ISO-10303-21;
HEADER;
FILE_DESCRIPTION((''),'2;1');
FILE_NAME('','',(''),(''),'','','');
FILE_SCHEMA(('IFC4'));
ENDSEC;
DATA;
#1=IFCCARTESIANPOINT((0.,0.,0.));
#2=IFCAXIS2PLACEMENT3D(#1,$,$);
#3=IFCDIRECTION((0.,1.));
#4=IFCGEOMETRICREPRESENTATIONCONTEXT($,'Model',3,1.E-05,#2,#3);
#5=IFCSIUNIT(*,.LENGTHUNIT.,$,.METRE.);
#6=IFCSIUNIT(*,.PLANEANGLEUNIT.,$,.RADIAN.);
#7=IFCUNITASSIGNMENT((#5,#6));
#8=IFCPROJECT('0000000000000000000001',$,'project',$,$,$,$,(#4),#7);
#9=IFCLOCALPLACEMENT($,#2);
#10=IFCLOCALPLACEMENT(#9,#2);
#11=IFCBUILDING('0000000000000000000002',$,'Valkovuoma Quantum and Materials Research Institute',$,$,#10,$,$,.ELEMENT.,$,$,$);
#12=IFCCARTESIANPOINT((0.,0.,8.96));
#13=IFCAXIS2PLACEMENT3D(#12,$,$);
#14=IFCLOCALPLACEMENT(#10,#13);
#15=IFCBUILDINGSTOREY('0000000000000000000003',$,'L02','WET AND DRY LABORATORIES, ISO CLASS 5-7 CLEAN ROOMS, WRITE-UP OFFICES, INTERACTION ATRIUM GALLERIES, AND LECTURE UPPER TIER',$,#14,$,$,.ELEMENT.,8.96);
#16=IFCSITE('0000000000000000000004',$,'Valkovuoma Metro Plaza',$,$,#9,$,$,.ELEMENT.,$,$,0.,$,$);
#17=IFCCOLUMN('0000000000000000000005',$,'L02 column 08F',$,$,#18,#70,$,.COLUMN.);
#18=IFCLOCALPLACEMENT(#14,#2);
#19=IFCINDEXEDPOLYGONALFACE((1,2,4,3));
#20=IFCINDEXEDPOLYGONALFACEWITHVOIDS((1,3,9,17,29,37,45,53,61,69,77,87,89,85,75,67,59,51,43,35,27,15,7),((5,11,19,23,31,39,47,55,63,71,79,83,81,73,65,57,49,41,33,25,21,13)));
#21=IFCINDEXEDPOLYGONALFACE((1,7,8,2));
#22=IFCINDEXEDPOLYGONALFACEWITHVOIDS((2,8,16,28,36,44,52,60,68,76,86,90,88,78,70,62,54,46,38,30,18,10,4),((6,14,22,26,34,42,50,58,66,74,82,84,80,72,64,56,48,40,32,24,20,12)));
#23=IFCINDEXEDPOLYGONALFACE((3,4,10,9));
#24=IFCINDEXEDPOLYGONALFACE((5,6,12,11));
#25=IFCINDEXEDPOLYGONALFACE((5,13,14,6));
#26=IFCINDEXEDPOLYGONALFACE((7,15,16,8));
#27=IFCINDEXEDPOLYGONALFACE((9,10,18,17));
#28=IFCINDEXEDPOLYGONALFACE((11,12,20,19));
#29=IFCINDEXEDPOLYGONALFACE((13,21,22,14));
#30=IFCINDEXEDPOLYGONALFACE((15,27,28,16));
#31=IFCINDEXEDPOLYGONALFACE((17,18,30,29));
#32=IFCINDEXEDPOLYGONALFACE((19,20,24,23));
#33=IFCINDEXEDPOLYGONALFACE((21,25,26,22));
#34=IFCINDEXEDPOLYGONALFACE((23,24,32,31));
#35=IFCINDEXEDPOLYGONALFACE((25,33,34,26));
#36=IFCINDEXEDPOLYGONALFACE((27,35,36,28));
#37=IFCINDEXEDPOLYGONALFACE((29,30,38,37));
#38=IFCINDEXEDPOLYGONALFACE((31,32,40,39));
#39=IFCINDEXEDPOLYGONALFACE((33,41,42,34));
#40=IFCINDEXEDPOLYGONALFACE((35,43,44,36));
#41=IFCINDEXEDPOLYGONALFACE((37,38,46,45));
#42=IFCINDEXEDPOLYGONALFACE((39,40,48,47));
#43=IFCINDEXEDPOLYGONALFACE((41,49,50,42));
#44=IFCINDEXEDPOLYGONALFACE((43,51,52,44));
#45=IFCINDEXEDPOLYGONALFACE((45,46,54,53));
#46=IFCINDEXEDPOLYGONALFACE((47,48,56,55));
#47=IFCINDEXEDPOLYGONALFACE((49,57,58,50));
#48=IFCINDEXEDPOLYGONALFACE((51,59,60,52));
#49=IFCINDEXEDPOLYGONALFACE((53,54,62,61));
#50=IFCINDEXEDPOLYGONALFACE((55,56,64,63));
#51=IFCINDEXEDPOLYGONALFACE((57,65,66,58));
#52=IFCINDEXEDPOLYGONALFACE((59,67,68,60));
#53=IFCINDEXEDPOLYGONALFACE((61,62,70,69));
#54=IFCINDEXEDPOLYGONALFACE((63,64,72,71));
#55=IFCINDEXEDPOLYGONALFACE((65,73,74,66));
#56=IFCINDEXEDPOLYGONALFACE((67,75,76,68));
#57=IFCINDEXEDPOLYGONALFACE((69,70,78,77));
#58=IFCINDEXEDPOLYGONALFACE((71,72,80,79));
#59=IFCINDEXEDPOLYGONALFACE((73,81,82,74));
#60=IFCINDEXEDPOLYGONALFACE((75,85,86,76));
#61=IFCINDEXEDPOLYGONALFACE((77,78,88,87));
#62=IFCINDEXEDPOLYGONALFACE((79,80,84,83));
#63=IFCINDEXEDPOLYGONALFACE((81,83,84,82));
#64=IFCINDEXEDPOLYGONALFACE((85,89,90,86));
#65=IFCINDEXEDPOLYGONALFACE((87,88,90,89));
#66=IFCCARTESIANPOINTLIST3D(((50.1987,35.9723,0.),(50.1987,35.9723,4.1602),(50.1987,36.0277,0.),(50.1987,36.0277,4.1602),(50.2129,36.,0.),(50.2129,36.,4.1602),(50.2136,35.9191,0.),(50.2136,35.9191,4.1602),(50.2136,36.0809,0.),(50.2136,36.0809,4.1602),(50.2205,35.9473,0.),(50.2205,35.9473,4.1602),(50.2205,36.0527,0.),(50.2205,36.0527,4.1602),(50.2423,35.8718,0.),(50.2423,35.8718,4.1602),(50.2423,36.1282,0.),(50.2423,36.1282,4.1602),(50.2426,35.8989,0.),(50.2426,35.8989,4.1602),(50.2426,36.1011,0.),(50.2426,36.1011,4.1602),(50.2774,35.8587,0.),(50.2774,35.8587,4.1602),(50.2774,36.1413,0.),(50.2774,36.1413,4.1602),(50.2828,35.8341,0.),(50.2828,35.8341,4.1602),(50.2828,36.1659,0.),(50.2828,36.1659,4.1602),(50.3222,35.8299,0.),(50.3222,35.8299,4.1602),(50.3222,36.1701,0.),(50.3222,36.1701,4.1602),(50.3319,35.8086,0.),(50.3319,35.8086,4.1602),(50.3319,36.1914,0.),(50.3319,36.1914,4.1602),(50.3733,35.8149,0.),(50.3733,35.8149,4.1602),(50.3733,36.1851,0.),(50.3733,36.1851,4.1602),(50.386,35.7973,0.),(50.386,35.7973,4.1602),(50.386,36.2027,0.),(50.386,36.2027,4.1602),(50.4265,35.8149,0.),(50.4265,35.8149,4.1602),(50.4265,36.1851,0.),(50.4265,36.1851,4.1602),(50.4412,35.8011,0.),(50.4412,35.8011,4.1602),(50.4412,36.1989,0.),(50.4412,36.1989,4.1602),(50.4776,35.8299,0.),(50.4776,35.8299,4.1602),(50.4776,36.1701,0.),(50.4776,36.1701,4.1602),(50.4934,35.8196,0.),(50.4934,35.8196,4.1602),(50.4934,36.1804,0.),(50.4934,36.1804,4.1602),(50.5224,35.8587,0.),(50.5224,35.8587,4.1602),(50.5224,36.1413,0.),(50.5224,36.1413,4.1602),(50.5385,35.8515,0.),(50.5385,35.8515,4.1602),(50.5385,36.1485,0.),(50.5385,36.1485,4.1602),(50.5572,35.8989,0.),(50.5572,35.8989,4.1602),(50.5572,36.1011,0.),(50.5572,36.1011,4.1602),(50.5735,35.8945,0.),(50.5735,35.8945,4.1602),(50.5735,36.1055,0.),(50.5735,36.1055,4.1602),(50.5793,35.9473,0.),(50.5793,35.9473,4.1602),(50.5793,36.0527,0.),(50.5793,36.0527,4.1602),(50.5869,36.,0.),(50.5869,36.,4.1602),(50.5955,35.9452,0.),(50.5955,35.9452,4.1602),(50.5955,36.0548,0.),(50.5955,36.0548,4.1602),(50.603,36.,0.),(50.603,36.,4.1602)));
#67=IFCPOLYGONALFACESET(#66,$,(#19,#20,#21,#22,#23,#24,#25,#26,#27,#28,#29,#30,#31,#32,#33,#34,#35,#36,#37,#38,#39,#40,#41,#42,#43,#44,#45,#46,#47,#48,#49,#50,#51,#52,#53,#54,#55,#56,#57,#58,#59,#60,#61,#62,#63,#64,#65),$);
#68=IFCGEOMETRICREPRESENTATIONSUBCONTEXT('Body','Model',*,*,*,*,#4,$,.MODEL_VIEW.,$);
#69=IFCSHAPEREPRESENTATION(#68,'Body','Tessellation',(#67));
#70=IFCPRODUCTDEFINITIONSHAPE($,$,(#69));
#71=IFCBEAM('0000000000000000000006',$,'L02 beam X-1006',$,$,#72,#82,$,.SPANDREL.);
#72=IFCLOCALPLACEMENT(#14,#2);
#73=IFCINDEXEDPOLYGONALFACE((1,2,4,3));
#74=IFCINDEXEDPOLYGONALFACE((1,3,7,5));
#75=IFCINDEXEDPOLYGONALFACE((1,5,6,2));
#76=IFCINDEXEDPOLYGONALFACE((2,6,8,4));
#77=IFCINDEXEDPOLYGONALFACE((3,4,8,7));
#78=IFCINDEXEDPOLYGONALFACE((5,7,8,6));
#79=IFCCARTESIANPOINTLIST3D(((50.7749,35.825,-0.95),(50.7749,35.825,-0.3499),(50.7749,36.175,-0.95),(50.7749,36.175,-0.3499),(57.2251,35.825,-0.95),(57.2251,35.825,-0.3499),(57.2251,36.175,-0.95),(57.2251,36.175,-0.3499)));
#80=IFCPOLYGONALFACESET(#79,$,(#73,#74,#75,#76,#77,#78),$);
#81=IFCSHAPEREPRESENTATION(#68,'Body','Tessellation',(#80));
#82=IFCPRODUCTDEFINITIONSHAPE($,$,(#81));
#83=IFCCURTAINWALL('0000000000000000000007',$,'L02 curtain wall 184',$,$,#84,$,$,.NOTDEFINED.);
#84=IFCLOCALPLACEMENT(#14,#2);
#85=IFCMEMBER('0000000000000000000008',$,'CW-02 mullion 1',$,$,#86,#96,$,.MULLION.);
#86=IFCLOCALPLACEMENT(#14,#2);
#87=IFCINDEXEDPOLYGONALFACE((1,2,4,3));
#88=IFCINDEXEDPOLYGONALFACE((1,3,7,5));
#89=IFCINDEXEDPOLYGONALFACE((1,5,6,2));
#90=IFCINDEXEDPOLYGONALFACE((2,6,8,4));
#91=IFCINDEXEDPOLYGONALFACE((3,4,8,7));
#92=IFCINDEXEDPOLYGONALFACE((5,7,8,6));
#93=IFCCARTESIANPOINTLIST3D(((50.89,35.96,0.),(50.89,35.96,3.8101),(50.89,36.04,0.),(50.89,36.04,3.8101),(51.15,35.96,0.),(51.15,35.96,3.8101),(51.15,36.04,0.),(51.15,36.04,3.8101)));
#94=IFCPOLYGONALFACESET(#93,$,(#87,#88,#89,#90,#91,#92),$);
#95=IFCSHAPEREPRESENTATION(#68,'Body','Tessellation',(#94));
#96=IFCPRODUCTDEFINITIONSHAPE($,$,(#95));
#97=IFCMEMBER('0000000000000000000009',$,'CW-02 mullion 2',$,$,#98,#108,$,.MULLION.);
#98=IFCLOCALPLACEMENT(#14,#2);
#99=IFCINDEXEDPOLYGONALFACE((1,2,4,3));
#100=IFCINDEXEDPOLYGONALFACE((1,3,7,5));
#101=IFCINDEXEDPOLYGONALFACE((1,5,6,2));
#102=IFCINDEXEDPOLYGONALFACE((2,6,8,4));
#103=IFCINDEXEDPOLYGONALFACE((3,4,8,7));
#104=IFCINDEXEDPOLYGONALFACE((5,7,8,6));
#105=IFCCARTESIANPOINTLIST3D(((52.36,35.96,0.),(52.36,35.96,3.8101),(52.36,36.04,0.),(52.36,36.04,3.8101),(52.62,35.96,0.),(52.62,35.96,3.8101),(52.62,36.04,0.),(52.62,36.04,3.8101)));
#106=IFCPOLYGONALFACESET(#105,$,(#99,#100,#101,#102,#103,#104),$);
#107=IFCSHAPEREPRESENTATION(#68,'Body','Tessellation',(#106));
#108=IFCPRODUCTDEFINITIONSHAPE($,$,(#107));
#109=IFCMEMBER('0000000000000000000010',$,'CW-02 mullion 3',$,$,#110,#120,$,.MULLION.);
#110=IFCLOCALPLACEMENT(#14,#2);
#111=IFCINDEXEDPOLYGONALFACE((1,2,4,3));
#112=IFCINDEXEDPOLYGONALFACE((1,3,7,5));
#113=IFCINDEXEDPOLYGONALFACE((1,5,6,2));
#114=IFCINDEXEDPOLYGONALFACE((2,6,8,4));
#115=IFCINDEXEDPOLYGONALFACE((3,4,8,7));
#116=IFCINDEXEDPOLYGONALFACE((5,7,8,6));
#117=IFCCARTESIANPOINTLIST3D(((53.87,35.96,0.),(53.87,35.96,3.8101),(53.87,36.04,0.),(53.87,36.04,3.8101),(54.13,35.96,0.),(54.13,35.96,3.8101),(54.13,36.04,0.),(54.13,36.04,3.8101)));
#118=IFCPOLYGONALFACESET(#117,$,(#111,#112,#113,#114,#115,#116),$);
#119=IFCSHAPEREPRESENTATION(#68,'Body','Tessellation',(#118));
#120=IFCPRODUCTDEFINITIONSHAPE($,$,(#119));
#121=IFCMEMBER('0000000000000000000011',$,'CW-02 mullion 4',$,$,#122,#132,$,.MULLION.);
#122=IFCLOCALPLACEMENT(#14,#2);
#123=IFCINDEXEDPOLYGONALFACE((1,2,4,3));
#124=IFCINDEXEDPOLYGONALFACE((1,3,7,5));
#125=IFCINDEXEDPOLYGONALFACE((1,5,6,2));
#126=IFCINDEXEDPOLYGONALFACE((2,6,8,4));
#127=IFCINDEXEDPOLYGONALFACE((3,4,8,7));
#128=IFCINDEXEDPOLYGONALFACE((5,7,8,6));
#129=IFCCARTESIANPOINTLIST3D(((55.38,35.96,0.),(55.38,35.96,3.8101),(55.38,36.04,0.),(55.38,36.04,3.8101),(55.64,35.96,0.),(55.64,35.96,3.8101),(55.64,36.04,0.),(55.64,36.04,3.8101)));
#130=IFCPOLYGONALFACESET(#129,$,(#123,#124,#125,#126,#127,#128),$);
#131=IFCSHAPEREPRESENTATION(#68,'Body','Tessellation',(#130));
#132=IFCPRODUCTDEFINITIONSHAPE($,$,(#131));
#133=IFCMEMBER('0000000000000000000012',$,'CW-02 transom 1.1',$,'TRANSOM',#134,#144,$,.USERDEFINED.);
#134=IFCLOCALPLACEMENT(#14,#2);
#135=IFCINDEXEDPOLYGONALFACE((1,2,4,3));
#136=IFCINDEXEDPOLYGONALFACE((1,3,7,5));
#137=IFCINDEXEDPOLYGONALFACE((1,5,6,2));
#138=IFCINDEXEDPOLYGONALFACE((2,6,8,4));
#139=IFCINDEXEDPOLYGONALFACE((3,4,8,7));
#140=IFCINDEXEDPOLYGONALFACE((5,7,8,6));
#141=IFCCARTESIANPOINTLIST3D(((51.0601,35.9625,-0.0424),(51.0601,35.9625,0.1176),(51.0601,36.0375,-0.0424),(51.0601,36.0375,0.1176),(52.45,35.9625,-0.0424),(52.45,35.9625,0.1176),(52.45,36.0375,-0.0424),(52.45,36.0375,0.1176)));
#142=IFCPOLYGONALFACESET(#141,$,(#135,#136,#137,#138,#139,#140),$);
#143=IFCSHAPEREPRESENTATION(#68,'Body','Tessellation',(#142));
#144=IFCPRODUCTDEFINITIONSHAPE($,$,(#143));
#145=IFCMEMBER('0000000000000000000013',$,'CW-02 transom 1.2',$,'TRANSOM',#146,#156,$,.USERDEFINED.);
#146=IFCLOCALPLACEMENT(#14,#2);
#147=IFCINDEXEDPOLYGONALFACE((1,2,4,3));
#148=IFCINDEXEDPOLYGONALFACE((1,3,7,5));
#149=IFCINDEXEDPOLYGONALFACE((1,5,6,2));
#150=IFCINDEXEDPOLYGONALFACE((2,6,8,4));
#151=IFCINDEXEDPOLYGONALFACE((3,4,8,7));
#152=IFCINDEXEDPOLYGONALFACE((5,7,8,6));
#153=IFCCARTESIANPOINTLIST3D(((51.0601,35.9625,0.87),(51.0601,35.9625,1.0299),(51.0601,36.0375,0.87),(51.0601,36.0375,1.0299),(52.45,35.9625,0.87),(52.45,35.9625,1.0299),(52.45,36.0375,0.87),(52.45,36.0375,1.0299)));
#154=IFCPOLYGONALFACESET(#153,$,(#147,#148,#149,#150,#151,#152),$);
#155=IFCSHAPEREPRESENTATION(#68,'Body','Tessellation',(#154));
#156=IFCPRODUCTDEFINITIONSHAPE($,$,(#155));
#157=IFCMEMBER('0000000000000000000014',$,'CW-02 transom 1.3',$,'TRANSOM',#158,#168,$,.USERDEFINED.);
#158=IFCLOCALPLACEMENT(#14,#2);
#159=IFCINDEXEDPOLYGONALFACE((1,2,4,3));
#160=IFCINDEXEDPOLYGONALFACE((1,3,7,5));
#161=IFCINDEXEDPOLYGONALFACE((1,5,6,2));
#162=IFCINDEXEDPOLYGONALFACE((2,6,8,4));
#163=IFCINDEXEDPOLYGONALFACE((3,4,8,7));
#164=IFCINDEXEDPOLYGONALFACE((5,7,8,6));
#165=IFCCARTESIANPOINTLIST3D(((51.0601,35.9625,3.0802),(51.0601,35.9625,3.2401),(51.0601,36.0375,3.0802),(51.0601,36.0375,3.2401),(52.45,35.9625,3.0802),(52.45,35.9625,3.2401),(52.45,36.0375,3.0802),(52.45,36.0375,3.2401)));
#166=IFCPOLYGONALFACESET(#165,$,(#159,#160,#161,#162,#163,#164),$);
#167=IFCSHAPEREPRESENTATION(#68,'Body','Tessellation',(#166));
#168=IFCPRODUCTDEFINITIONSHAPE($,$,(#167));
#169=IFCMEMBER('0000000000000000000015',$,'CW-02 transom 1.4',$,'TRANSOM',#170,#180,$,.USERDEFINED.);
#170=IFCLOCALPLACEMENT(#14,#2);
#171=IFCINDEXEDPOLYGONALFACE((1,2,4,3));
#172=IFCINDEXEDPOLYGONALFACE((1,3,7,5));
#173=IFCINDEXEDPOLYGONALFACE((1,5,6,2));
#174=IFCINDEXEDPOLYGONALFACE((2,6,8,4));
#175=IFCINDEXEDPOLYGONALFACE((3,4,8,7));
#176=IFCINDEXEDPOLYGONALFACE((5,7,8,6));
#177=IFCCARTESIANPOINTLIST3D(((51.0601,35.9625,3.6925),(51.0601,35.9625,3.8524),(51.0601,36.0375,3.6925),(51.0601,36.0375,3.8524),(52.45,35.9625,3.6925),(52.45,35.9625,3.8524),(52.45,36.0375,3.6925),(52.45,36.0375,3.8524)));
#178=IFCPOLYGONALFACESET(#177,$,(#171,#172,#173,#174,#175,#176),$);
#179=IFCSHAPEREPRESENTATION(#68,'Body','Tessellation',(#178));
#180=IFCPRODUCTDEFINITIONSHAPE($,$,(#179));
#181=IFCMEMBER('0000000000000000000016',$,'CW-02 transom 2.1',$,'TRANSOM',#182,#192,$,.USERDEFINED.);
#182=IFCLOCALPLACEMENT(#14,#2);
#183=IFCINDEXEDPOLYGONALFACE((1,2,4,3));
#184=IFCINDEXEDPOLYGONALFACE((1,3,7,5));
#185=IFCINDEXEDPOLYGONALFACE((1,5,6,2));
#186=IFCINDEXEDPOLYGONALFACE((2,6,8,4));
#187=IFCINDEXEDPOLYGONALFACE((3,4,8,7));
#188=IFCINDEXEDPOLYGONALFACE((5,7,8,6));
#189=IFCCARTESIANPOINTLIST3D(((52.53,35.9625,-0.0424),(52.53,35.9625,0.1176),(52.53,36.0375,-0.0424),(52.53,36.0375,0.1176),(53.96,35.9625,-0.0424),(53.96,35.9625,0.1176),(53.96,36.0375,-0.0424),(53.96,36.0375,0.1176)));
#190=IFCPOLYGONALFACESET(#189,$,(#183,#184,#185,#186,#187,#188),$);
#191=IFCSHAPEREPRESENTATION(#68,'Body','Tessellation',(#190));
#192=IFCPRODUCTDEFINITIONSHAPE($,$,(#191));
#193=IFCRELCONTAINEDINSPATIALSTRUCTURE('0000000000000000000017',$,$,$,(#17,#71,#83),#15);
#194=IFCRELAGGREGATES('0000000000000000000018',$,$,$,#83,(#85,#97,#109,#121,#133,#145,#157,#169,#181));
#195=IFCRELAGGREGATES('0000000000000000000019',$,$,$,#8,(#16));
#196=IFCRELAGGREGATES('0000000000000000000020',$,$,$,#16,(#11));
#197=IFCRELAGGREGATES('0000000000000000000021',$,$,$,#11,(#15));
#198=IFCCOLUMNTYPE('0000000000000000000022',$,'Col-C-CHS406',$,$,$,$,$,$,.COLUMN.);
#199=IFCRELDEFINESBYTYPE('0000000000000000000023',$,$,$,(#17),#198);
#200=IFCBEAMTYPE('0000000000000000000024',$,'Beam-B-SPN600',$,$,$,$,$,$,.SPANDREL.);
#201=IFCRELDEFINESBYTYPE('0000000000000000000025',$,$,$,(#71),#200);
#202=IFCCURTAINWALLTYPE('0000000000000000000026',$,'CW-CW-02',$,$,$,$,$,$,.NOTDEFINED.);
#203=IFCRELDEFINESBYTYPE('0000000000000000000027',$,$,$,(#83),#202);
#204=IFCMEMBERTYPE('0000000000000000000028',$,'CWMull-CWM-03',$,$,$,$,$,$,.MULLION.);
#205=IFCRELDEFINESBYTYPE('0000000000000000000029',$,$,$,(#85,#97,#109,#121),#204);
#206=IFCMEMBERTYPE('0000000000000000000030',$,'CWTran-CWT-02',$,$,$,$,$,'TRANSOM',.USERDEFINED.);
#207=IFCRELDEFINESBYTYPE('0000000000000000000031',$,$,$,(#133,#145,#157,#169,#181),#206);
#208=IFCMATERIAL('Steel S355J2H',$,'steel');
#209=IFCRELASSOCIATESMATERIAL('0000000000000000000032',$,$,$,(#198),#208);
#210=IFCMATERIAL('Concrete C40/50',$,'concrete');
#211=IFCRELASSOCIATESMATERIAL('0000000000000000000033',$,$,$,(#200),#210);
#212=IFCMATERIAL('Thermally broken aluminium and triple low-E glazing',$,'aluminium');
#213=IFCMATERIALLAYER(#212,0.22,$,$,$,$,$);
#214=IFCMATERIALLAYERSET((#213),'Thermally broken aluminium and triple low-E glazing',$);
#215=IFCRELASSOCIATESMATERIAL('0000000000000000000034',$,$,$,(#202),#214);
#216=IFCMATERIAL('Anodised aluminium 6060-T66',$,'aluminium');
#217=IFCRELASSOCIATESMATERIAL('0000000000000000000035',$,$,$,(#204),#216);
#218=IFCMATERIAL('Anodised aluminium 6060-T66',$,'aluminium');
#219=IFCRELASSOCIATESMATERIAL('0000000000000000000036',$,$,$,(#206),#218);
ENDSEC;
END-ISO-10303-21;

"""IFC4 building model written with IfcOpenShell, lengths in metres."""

from ifc_helpers import new_model, si_unit, direction, frame, origin, origin_2d, place, context, subcontext, project, spatial, rectangle, hollow_circle, extrude, material, layer, layer_set, material_profile, profile_set, type_object, element, aggregate, save


model = new_model("IFC4")

# Units and contexts
model_context = context("Model", 3, precision=1e-05, world=origin(), true_north=direction((0.0, 1.0)))
body_context = subcontext(model_context, "Body", "Model", "MODEL_VIEW")
ifc_project = project(units=[si_unit("LENGTHUNIT", "METRE"), si_unit("PLANEANGLEUNIT", "RADIAN")], contexts=[model_context])

# Site, building, storey
site_placement = place(None, origin())
site = spatial("IfcSite", under=ifc_project, at=site_placement, Name="Valkovuoma Metro Plaza", CompositionType="ELEMENT", RefElevation=0.0)
building_placement = place(site_placement, origin())
building = spatial("IfcBuilding", under=site, at=building_placement, Name="Valkovuoma Quantum and Materials Research Institute", CompositionType="ELEMENT")
storey_placement = place(building_placement, frame((0.0, 0.0, 8.96)))
storey = spatial("IfcBuildingStorey", under=building, at=storey_placement, Name="L02", Description="WET AND DRY LABORATORIES, ISO CLASS 5-7 CLEAN ROOMS, WRITE-UP OFFICES, INTERACTION ATRIUM GALLERIES, AND LECTURE UPPER TIER", CompositionType="ELEMENT", Elevation=8.96)

# Column
ifc_material_1 = material(Name="Steel S355J2H", Category="steel")
ifc_material_profile_1 = material_profile(ifc_material_1, hollow_circle(Radius=0.2031, WallThickness=0.0161, at=origin_2d()), Name="Steel S355J2H")
ifc_profile_set_1 = profile_set([ifc_material_profile_1], Name="Steel S355J2H")
column_type = type_object("IfcColumnType", Name="Col-C-CHS406", PredefinedType="COLUMN", material=ifc_profile_set_1)
column_placement = place(storey_placement, frame((50.3999, 36.0, 0.0), z_axis=(0.0, 0.0, 1.0), x_axis=(1.0, 0.0, 0.0)))
element("IfcColumn", 1, at=column_placement, inside=storey, type_object=column_type, Name="L02 column 08F", PredefinedType="COLUMN", context=body_context, shape_type="SweptSolid", body=[
    extrude(hollow_circle(Radius=0.2031, WallThickness=0.0161, at=origin_2d()), origin(), (0.0, 0.0, 1.0), 4.1602),
])

# Beam
ifc_material_2 = material(Name="Concrete C40/50", Category="concrete")
ifc_material_profile_2 = material_profile(ifc_material_2, rectangle(XDim=0.3501, YDim=0.6001, at=origin_2d()), Name="Concrete C40/50")
ifc_profile_set_2 = profile_set([ifc_material_profile_2], Name="Concrete C40/50")
beam_type = type_object("IfcBeamType", Name="Beam-B-SPN600", PredefinedType="SPANDREL", material=ifc_profile_set_2)
beam_placement = place(storey_placement, frame((50.7749, 36.0, -0.6499), z_axis=(1.0, 0.0, 0.0), x_axis=(0.0, 1.0, 0.0)))
element("IfcBeam", 2, at=beam_placement, inside=storey, type_object=beam_type, Name="L02 beam X-1006", PredefinedType="SPANDREL", context=body_context, shape_type="SweptSolid", body=[
    extrude(rectangle(XDim=0.3501, YDim=0.6001, at=origin_2d()), origin(), (0.0, 0.0, 1.0), 6.4502),
])

# Curtain wall, members
ifc_material_3 = material(Name="Thermally broken aluminium and triple low-E glazing", Category="aluminium")
ifc_layer_1 = layer(ifc_material_3, 0.22)
ifc_layer_set_1 = layer_set([ifc_layer_1], Name="Thermally broken aluminium and triple low-E glazing")
curtain_wall_type = type_object("IfcCurtainWallType", Name="CW-CW-02", PredefinedType="NOTDEFINED", material=ifc_layer_set_1)
curtain_wall_placement = place(storey_placement, origin())
curtain_wall = element("IfcCurtainWall", 3, at=curtain_wall_placement, inside=storey, type_object=curtain_wall_type, Name="L02 curtain wall 184", PredefinedType="NOTDEFINED")
ifc_material_4 = material(Name="Anodised aluminium 6060-T66", Category="aluminium")
ifc_material_profile_3 = material_profile(ifc_material_4, rectangle(XDim=0.0801, YDim=0.26, at=origin_2d()), Name="Anodised aluminium 6060-T66")
ifc_profile_set_3 = profile_set([ifc_material_profile_3], Name="Anodised aluminium 6060-T66")
member_type_1 = type_object("IfcMemberType", Name="CWMull-CWM-03", PredefinedType="MULLION", material=ifc_profile_set_3)
member_1_placement = place(storey_placement, frame((51.02, 36.0, 0.0), z_axis=(0.0, 0.0, 1.0), x_axis=(0.0, 1.0, 0.0)))
member_1 = element("IfcMember", 4, at=member_1_placement, type_object=member_type_1, Name="CW-02 mullion 1", PredefinedType="MULLION", context=body_context, shape_type="SweptSolid", body=[
    extrude(rectangle(XDim=0.0801, YDim=0.26, at=origin_2d()), origin(), (0.0, 0.0, 1.0), 3.8101),
])
member_2_placement = place(storey_placement, frame((52.49, 36.0, 0.0), z_axis=(0.0, 0.0, 1.0), x_axis=(0.0, 1.0, 0.0)))
member_2 = element("IfcMember", 5, at=member_2_placement, type_object=member_type_1, Name="CW-02 mullion 2", PredefinedType="MULLION", context=body_context, shape_type="SweptSolid", body=[
    extrude(rectangle(XDim=0.0801, YDim=0.26, at=origin_2d()), origin(), (0.0, 0.0, 1.0), 3.8101),
])
member_3_placement = place(storey_placement, frame((54.0, 36.0, 0.0), z_axis=(0.0, 0.0, 1.0), x_axis=(0.0, 1.0, 0.0)))
member_3 = element("IfcMember", 6, at=member_3_placement, type_object=member_type_1, Name="CW-02 mullion 3", PredefinedType="MULLION", context=body_context, shape_type="SweptSolid", body=[
    extrude(rectangle(XDim=0.0801, YDim=0.26, at=origin_2d()), origin(), (0.0, 0.0, 1.0), 3.8101),
])
member_4_placement = place(storey_placement, frame((55.51, 36.0, 0.0), z_axis=(0.0, 0.0, 1.0), x_axis=(0.0, 1.0, 0.0)))
member_4 = element("IfcMember", 7, at=member_4_placement, type_object=member_type_1, Name="CW-02 mullion 4", PredefinedType="MULLION", context=body_context, shape_type="SweptSolid", body=[
    extrude(rectangle(XDim=0.0801, YDim=0.26, at=origin_2d()), origin(), (0.0, 0.0, 1.0), 3.8101),
])
ifc_material_5 = material(Name="Anodised aluminium 6060-T66", Category="aluminium")
ifc_material_profile_4 = material_profile(ifc_material_5, rectangle(XDim=0.075, YDim=0.1599, at=origin_2d()), Name="Anodised aluminium 6060-T66")
ifc_profile_set_4 = profile_set([ifc_material_profile_4], Name="Anodised aluminium 6060-T66")
member_type_2 = type_object("IfcMemberType", Name="CWTran-CWT-02", ElementType="TRANSOM", PredefinedType="USERDEFINED", material=ifc_profile_set_4)
member_5_placement = place(storey_placement, frame((51.0601, 36.0, 0.0376), z_axis=(1.0, 0.0, 0.0), x_axis=(0.0, 1.0, 0.0)))
member_5 = element("IfcMember", 8, at=member_5_placement, type_object=member_type_2, Name="CW-02 transom 1.1", ObjectType="TRANSOM", PredefinedType="USERDEFINED", context=body_context, shape_type="SweptSolid", body=[
    extrude(rectangle(XDim=0.075, YDim=0.1599, at=origin_2d()), origin(), (0.0, 0.0, 1.0), 1.3899),
])
member_6_placement = place(storey_placement, frame((51.0601, 36.0, 0.95), z_axis=(1.0, 0.0, 0.0), x_axis=(0.0, 1.0, 0.0)))
member_6 = element("IfcMember", 9, at=member_6_placement, type_object=member_type_2, Name="CW-02 transom 1.2", ObjectType="TRANSOM", PredefinedType="USERDEFINED", context=body_context, shape_type="SweptSolid", body=[
    extrude(rectangle(XDim=0.075, YDim=0.1599, at=origin_2d()), origin(), (0.0, 0.0, 1.0), 1.3899),
])
member_7_placement = place(storey_placement, frame((51.0601, 36.0, 3.1602), z_axis=(1.0, 0.0, 0.0), x_axis=(0.0, 1.0, 0.0)))
member_7 = element("IfcMember", 10, at=member_7_placement, type_object=member_type_2, Name="CW-02 transom 1.3", ObjectType="TRANSOM", PredefinedType="USERDEFINED", context=body_context, shape_type="SweptSolid", body=[
    extrude(rectangle(XDim=0.075, YDim=0.1599, at=origin_2d()), origin(), (0.0, 0.0, 1.0), 1.3899),
])
member_8_placement = place(storey_placement, frame((51.0601, 36.0, 3.7725), z_axis=(1.0, 0.0, 0.0), x_axis=(0.0, 1.0, 0.0)))
member_8 = element("IfcMember", 11, at=member_8_placement, type_object=member_type_2, Name="CW-02 transom 1.4", ObjectType="TRANSOM", PredefinedType="USERDEFINED", context=body_context, shape_type="SweptSolid", body=[
    extrude(rectangle(XDim=0.075, YDim=0.1599, at=origin_2d()), origin(), (0.0, 0.0, 1.0), 1.3899),
])
member_9_placement = place(storey_placement, frame((52.53, 36.0, 0.0376), z_axis=(1.0, 0.0, 0.0), x_axis=(0.0, 1.0, 0.0)))
member_9 = element("IfcMember", 12, at=member_9_placement, type_object=member_type_2, Name="CW-02 transom 2.1", ObjectType="TRANSOM", PredefinedType="USERDEFINED", context=body_context, shape_type="SweptSolid", body=[
    extrude(rectangle(XDim=0.075, YDim=0.1599, at=origin_2d()), origin(), (0.0, 0.0, 1.0), 1.4299),
])

aggregate(curtain_wall, [member_1, member_2, member_3, member_4, member_5, member_6, member_7, member_8, member_9])

save(model, "model.ifc")
